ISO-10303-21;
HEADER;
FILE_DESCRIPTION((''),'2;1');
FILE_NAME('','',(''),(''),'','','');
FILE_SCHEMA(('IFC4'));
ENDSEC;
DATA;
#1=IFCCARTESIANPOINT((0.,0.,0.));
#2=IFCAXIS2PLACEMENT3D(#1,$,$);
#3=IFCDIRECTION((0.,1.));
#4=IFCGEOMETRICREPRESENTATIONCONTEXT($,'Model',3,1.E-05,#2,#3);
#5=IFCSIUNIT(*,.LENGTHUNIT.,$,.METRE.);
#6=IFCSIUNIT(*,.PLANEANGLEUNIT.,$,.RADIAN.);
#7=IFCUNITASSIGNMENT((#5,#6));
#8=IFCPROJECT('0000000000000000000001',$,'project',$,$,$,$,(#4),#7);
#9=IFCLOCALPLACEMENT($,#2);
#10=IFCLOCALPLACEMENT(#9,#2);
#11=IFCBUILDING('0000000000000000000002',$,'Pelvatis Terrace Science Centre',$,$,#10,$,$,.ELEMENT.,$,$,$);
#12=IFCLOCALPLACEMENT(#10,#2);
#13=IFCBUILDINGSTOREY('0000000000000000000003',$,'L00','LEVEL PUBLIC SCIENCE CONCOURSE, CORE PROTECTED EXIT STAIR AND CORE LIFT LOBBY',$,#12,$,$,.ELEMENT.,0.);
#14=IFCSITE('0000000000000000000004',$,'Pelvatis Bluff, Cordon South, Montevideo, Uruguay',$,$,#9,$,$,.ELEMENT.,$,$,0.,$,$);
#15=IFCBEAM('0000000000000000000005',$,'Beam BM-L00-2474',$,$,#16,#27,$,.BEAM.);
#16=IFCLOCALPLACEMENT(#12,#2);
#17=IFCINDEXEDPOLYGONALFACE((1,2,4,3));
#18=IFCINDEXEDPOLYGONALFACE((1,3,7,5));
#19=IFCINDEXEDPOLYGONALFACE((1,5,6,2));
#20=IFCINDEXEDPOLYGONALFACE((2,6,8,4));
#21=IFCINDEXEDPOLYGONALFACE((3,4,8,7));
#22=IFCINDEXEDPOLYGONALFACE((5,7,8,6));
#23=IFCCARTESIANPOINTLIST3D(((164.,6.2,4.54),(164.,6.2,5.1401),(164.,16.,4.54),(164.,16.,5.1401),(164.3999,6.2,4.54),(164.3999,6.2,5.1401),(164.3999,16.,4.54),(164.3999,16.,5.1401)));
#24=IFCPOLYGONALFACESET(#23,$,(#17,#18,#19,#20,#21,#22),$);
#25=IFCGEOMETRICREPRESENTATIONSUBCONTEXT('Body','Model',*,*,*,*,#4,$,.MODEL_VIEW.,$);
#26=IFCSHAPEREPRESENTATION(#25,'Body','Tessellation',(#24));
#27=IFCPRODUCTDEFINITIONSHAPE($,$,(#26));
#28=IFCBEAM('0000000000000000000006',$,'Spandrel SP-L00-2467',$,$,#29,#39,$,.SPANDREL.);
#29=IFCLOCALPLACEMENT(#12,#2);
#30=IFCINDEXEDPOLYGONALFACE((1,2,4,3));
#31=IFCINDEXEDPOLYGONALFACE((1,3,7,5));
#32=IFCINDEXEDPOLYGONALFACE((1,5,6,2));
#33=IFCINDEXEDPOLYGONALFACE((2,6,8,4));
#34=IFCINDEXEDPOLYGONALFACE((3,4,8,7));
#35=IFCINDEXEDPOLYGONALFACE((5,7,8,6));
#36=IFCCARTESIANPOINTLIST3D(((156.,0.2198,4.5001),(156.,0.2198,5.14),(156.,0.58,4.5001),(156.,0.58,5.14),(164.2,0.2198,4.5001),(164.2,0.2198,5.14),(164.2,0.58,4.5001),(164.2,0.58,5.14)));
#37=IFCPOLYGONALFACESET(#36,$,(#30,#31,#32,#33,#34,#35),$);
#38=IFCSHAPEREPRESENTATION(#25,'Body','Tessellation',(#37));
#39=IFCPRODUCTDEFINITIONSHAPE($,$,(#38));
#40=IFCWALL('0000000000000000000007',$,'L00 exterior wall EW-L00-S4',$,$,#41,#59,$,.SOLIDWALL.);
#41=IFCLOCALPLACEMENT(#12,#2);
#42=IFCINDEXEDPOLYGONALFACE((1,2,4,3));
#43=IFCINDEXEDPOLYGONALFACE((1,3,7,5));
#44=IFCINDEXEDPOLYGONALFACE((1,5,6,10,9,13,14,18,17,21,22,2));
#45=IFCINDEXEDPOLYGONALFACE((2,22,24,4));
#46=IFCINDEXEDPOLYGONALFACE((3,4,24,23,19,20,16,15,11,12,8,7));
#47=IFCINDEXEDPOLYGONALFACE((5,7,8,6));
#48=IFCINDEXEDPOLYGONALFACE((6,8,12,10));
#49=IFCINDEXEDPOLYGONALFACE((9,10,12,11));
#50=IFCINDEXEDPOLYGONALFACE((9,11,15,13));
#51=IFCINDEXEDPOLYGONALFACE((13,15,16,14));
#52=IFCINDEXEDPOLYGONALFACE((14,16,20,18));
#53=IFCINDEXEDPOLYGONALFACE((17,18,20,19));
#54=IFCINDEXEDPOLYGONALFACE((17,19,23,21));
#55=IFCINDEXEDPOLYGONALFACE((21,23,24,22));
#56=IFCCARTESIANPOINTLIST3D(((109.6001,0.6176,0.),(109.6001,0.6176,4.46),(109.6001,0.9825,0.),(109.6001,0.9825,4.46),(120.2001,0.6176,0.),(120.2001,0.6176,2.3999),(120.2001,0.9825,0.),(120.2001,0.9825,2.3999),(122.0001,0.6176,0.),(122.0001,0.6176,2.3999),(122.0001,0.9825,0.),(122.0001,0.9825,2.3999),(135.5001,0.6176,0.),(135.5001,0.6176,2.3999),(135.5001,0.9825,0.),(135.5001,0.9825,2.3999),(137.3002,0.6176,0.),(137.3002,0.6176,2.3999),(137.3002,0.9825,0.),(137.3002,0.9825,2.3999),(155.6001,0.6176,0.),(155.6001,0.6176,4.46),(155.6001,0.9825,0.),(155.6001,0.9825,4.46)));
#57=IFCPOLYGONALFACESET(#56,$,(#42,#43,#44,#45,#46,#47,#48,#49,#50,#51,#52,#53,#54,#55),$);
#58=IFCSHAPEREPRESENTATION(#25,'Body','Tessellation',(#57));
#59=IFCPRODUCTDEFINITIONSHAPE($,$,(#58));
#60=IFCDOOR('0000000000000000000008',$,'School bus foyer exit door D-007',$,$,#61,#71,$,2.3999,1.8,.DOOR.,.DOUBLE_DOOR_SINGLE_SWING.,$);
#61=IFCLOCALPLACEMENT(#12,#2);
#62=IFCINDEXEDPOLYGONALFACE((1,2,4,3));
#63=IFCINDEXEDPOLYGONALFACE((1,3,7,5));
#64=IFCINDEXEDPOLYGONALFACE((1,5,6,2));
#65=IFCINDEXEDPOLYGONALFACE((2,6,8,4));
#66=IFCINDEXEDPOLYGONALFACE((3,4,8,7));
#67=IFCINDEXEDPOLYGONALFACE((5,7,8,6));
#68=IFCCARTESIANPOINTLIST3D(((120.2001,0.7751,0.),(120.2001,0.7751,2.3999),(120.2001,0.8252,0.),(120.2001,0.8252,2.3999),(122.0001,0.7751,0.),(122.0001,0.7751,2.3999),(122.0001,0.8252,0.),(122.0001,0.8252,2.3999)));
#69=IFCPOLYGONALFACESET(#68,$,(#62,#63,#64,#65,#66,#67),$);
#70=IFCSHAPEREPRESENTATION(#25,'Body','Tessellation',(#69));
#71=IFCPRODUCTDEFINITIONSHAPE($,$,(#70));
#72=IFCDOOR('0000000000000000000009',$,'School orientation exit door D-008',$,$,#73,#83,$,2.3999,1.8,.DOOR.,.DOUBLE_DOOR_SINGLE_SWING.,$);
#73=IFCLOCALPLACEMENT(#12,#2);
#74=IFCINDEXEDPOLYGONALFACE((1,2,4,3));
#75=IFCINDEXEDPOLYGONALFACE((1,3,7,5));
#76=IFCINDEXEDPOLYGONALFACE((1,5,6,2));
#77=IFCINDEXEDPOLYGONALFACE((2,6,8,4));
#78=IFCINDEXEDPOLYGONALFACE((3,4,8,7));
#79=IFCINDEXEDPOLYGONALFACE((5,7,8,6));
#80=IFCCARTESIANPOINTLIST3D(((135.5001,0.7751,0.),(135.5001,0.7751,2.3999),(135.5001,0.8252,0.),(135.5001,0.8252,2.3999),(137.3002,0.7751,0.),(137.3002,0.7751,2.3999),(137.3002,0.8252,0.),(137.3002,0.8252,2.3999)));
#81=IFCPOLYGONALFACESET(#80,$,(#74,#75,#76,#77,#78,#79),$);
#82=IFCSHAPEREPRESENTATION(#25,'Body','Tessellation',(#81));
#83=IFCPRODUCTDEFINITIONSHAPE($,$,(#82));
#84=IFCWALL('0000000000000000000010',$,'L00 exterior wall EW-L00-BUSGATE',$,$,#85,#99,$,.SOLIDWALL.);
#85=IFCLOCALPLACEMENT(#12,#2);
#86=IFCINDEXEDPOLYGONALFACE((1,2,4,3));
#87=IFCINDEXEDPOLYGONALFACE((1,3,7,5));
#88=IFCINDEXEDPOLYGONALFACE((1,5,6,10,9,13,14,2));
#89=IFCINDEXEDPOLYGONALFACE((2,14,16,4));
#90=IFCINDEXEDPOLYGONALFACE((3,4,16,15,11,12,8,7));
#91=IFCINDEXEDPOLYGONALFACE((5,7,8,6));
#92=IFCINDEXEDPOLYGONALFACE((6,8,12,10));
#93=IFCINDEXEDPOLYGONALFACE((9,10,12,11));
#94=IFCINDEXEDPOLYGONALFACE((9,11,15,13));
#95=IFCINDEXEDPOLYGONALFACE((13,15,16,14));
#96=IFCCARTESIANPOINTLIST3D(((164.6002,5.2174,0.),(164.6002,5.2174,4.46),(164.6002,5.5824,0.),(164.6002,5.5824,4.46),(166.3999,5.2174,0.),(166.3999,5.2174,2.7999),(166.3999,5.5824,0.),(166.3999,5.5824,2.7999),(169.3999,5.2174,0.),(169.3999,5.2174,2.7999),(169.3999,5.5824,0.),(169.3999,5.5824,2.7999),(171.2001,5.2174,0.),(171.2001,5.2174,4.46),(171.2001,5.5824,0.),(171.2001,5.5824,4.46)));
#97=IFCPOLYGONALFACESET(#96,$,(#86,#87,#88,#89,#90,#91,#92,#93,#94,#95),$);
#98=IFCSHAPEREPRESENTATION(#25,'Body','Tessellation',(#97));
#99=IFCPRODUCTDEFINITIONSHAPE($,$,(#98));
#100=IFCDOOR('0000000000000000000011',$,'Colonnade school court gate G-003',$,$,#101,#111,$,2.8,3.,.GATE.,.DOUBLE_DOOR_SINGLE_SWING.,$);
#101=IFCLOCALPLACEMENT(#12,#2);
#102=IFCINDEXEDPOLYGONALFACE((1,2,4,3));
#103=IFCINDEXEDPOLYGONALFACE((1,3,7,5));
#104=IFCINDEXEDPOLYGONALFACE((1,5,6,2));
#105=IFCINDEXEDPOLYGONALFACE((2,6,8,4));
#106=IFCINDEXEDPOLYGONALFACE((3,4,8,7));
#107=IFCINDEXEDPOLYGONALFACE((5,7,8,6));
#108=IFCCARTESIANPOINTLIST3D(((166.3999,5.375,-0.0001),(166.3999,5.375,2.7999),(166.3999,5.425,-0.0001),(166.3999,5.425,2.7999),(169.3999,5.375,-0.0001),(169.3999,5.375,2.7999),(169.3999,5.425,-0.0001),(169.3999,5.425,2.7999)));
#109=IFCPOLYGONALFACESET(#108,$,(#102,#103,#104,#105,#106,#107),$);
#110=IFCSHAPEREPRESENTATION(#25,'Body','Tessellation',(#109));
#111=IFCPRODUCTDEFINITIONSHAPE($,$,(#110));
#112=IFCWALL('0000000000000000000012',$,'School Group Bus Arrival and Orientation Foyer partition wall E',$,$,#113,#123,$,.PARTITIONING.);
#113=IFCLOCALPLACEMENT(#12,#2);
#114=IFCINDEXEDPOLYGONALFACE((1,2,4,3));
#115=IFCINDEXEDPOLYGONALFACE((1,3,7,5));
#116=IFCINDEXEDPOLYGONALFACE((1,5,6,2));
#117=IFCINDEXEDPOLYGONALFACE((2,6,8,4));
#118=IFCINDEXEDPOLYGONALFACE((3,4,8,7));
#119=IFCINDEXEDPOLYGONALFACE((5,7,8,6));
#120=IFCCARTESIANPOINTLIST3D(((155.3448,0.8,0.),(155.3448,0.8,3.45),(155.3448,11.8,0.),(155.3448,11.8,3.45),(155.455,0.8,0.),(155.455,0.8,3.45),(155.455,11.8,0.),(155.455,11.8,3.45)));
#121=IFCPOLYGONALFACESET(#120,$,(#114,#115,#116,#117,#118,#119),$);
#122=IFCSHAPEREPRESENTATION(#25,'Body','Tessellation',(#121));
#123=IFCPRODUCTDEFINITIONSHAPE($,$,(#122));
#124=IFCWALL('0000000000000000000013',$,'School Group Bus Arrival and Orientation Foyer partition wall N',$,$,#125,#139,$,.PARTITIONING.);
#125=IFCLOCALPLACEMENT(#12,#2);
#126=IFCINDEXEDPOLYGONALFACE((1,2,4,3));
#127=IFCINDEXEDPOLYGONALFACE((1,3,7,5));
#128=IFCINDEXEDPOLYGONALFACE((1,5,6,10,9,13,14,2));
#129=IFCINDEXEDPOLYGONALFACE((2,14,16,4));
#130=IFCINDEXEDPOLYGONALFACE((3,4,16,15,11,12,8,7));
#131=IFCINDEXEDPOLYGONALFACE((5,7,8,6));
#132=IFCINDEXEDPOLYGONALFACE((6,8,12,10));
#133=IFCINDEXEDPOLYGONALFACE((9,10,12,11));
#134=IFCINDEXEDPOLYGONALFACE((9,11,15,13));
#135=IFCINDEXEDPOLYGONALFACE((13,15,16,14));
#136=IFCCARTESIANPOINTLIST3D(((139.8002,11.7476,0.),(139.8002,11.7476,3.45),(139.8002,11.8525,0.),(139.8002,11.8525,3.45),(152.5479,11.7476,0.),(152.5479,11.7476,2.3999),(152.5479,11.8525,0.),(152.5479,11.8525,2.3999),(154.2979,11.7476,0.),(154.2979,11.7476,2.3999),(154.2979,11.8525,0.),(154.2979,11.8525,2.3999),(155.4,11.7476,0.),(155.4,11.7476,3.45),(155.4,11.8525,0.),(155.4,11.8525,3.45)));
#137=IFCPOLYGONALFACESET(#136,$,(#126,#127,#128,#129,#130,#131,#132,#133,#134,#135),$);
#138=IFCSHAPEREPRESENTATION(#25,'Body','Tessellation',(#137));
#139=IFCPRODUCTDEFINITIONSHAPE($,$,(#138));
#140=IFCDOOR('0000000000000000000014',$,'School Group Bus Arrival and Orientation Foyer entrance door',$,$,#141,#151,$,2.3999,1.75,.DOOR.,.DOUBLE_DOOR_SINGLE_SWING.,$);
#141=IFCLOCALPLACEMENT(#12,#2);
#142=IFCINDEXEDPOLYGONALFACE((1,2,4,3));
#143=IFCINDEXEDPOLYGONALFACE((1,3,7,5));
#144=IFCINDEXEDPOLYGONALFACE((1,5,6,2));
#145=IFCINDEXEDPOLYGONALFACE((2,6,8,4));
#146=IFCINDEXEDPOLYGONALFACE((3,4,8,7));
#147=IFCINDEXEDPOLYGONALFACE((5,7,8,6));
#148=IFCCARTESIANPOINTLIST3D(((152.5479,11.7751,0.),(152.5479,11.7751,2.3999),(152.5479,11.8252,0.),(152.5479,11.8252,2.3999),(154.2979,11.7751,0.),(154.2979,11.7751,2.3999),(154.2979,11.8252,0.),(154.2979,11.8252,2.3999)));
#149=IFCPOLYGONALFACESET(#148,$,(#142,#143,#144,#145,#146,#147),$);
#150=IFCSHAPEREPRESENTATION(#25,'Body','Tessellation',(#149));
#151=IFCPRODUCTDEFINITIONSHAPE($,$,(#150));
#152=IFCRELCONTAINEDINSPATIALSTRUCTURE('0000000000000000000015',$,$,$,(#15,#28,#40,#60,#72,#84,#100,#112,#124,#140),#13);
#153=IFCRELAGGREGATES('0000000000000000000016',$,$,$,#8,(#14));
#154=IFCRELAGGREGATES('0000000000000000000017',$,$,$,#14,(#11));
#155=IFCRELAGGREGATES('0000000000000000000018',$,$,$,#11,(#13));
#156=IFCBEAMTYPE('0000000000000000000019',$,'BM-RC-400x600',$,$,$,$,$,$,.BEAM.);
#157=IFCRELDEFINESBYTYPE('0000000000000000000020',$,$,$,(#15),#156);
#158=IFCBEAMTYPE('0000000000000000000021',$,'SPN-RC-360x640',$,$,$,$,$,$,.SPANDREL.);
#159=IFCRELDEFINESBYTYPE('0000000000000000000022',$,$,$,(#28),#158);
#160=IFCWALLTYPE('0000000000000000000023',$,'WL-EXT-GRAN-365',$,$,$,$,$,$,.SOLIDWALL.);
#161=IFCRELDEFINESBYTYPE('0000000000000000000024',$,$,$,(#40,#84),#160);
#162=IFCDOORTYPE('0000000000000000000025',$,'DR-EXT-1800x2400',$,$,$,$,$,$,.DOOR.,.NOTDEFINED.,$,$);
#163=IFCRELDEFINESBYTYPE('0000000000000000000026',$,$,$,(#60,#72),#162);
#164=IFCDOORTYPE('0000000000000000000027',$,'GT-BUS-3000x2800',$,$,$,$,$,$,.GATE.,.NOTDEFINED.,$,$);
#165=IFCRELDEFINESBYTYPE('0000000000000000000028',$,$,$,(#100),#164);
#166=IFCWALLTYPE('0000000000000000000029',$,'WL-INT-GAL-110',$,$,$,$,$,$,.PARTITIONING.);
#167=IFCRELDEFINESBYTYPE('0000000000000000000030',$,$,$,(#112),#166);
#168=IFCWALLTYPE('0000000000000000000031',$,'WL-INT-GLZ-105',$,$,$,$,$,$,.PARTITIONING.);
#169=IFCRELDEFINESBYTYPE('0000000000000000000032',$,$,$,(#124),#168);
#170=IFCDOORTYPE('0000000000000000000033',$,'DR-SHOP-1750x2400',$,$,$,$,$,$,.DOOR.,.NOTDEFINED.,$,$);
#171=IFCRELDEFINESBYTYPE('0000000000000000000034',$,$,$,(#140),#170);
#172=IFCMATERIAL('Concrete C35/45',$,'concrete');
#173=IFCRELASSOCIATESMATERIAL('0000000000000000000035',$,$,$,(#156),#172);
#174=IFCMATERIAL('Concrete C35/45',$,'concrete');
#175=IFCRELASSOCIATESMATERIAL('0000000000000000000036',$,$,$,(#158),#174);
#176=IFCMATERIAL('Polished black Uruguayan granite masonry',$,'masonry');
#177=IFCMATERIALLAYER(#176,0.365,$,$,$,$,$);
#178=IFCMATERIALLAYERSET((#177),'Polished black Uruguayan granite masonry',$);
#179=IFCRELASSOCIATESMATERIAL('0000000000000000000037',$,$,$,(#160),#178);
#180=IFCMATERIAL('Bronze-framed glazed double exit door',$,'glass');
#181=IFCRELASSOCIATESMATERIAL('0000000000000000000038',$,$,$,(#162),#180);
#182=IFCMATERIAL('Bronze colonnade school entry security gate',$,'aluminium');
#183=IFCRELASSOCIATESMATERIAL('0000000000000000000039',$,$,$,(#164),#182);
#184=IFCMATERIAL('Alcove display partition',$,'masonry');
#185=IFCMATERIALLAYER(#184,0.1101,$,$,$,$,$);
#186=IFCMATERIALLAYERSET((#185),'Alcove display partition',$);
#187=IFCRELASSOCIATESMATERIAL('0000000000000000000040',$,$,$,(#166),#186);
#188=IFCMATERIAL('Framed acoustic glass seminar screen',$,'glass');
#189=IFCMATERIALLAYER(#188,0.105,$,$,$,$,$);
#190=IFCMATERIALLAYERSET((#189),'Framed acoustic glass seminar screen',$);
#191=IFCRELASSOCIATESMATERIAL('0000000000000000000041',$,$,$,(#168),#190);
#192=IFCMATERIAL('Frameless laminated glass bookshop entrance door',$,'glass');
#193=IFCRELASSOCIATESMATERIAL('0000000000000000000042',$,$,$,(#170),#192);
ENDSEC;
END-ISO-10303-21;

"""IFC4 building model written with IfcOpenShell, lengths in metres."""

from ifc_helpers import new_model, si_unit, direction, frame, frame_2d, origin, origin_2d, place, context, subcontext, project, spatial, rectangle, extrude, material, layer, layer_set, material_profile, profile_set, type_object, element, fill, save


model = new_model("IFC4")

# Units and contexts
model_context = context("Model", 3, precision=1e-05, world=origin(), true_north=direction((0.0, 1.0)))
body_context = subcontext(model_context, "Body", "Model", "MODEL_VIEW")
ifc_project = project(units=[si_unit("LENGTHUNIT", "METRE"), si_unit("PLANEANGLEUNIT", "RADIAN")], contexts=[model_context])

# Site, building, storey
site_placement = place(None, origin())
site = spatial("IfcSite", under=ifc_project, at=site_placement, Name="Pelvatis Bluff, Cordon South, Montevideo, Uruguay", CompositionType="ELEMENT", RefElevation=0.0)
building_placement = place(site_placement, origin())
building = spatial("IfcBuilding", under=site, at=building_placement, Name="Pelvatis Terrace Science Centre", CompositionType="ELEMENT")
storey_placement = place(building_placement, origin())
storey = spatial("IfcBuildingStorey", under=building, at=storey_placement, Name="L00", Description="LEVEL PUBLIC SCIENCE CONCOURSE, CORE PROTECTED EXIT STAIR AND CORE LIFT LOBBY", CompositionType="ELEMENT", Elevation=0.0)

# Beams
ifc_material_1 = material(Name="Concrete C35/45", Category="concrete")
ifc_material_profile_1 = material_profile(ifc_material_1, rectangle(XDim=0.3999, YDim=0.6001, at=origin_2d()), Name="RC-BM 400x600")
ifc_profile_set_1 = profile_set([ifc_material_profile_1], Name="Concrete C35/45")
beam_type_1 = type_object("IfcBeamType", Name="BM-RC-400x600", PredefinedType="BEAM", material=ifc_profile_set_1)
beam_1_placement = place(storey_placement, frame((164.2, 6.2, 4.8401), z_axis=(0.0, 1.0, 0.0), x_axis=(-1.0, 0.0, 0.0)))
element("IfcBeam", 1, at=beam_1_placement, inside=storey, type_object=beam_type_1, Name="Beam BM-L00-2474", PredefinedType="BEAM", context=body_context, shape_type="SweptSolid", body=[
    extrude(rectangle(XDim=0.3999, YDim=0.6001, at=origin_2d()), origin(), (0.0, 0.0, 1.0), 9.8),
])
ifc_material_2 = material(Name="Concrete C35/45", Category="concrete")
ifc_material_profile_2 = material_profile(ifc_material_2, rectangle(XDim=0.3601, YDim=0.6399, at=origin_2d()), Name="RC-SPN 360x640")
ifc_profile_set_2 = profile_set([ifc_material_profile_2], Name="Concrete C35/45")
beam_type_2 = type_object("IfcBeamType", Name="SPN-RC-360x640", PredefinedType="SPANDREL", material=ifc_profile_set_2)
beam_2_placement = place(storey_placement, frame((156.0, 0.3999, 4.8201), z_axis=(1.0, 0.0, 0.0), x_axis=(0.0, 1.0, 0.0)))
element("IfcBeam", 2, at=beam_2_placement, inside=storey, type_object=beam_type_2, Name="Spandrel SP-L00-2467", PredefinedType="SPANDREL", context=body_context, shape_type="SweptSolid", body=[
    extrude(rectangle(XDim=0.3601, YDim=0.6399, at=origin_2d()), origin(), (0.0, 0.0, 1.0), 8.2),
])

# Wall, openings, doors
ifc_material_3 = material(Name="Polished black Uruguayan granite masonry", Category="masonry")
ifc_layer_1 = layer(ifc_material_3, 0.365)
ifc_layer_set_1 = layer_set([ifc_layer_1], Name="Polished black Uruguayan granite masonry")
wall_type_1 = type_object("IfcWallType", Name="WL-EXT-GRAN-365", PredefinedType="SOLIDWALL", material=ifc_layer_set_1)
wall_1_placement = place(storey_placement, frame((155.6001, 0.8, 0.0), z_axis=(0.0, 0.0, 1.0), x_axis=(-1.0, 0.0, 0.0)))
wall_1 = element("IfcWall", 3, at=wall_1_placement, inside=storey, type_object=wall_type_1, Name="L00 exterior wall EW-L00-S4", PredefinedType="SOLIDWALL", context=body_context, shape_type="SweptSolid", body=[
    extrude(rectangle(XDim=46.0, YDim=0.365, at=frame_2d((23.0, 0.0))), origin(), (0.0, 0.0, 1.0), 4.46),
])
opening_1_placement = place(wall_1_placement, frame((33.6001, 0.0, 0.0)))
opening_1 = element("IfcOpeningElement", 4, at=opening_1_placement, cuts=wall_1, PredefinedType="OPENING", context=body_context, shape_type="SweptSolid", body=[
    extrude(rectangle(XDim=1.8, YDim=2.3999, at=frame_2d((0.8999, 1.2))), frame((0.0, 0.1924, 0.0), z_axis=(0.0, -1.0, 0.0), x_axis=(1.0, 0.0, 0.0)), (0.0, 0.0, 1.0), 0.385),
])
opening_2_placement = place(wall_1_placement, frame((18.3, 0.0, 0.0)))
opening_2 = element("IfcOpeningElement", 5, at=opening_2_placement, cuts=wall_1, PredefinedType="OPENING", context=body_context, shape_type="SweptSolid", body=[
    extrude(rectangle(XDim=1.8, YDim=2.3999, at=frame_2d((0.8999, 1.2))), frame((0.0, 0.1924, 0.0), z_axis=(0.0, -1.0, 0.0), x_axis=(1.0, 0.0, 0.0)), (0.0, 0.0, 1.0), 0.385),
])
ifc_material_4 = material(Name="Bronze-framed glazed double exit door", Category="glass")
door_type_1 = type_object("IfcDoorType", Name="DR-EXT-1800x2400", OperationType="NOTDEFINED", PredefinedType="DOOR", material=ifc_material_4)
door_1_placement = place(opening_1_placement, origin())
door_1 = element("IfcDoor", 6, at=door_1_placement, inside=storey, type_object=door_type_1, Name="School bus foyer exit door D-007", OperationType="DOUBLE_DOOR_SINGLE_SWING", OverallHeight=2.3999, OverallWidth=1.8, PredefinedType="DOOR", context=body_context, shape_type="SweptSolid", body=[
    extrude(rectangle(XDim=1.8, YDim=2.3999, at=frame_2d((0.8999, 1.2))), frame((0.0, 0.0249, 0.0), z_axis=(0.0, -1.0, 0.0), x_axis=(1.0, 0.0, 0.0)), (0.0, 0.0, 1.0), 0.05),
])
fill(opening_1, door_1)
door_2_placement = place(opening_2_placement, origin())
door_2 = element("IfcDoor", 7, at=door_2_placement, inside=storey, type_object=door_type_1, Name="School orientation exit door D-008", OperationType="DOUBLE_DOOR_SINGLE_SWING", OverallHeight=2.3999, OverallWidth=1.8, PredefinedType="DOOR", context=body_context, shape_type="SweptSolid", body=[
    extrude(rectangle(XDim=1.8, YDim=2.3999, at=frame_2d((0.8999, 1.2))), frame((0.0, 0.0249, 0.0), z_axis=(0.0, -1.0, 0.0), x_axis=(1.0, 0.0, 0.0)), (0.0, 0.0, 1.0), 0.05),
])
fill(opening_2, door_2)

# Wall, opening, door
wall_2_placement = place(storey_placement, frame((171.2, 5.3999, 0.0), z_axis=(0.0, 0.0, 1.0), x_axis=(-1.0, 0.0, 0.0)))
wall_2 = element("IfcWall", 8, at=wall_2_placement, inside=storey, type_object=wall_type_1, Name="L00 exterior wall EW-L00-BUSGATE", PredefinedType="SOLIDWALL", context=body_context, shape_type="SweptSolid", body=[
    extrude(rectangle(XDim=6.5999, YDim=0.365, at=frame_2d((3.2998, 0.0))), origin(), (0.0, 0.0, 1.0), 4.46),
])
opening_3_placement = place(wall_2_placement, frame((1.8, 0.0, 0.0)))
opening_3 = element("IfcOpeningElement", 9, at=opening_3_placement, cuts=wall_2, PredefinedType="OPENING", context=body_context, shape_type="SweptSolid", body=[
    extrude(rectangle(XDim=3.0, YDim=2.8, at=frame_2d((1.5, 1.3999))), frame((0.0, 0.1924, 0.0), z_axis=(0.0, -1.0, 0.0), x_axis=(1.0, 0.0, 0.0)), (0.0, 0.0, 1.0), 0.385),
])
ifc_material_5 = material(Name="Bronze colonnade school entry security gate", Category="aluminium")
door_type_2 = type_object("IfcDoorType", Name="GT-BUS-3000x2800", OperationType="NOTDEFINED", PredefinedType="GATE", material=ifc_material_5)
door_3_placement = place(opening_3_placement, origin())
door_3 = element("IfcDoor", 10, at=door_3_placement, inside=storey, type_object=door_type_2, Name="Colonnade school court gate G-003", OperationType="DOUBLE_DOOR_SINGLE_SWING", OverallHeight=2.8, OverallWidth=3.0, PredefinedType="GATE", context=body_context, shape_type="SweptSolid", body=[
    extrude(rectangle(XDim=3.0, YDim=2.8, at=frame_2d((1.5, 1.3999))), frame((0.0, 0.0249, 0.0), z_axis=(0.0, -1.0, 0.0), x_axis=(1.0, 0.0, 0.0)), (0.0, 0.0, 1.0), 0.05),
])
fill(opening_3, door_3)

# Wall
ifc_material_6 = material(Name="Alcove display partition", Category="masonry")
ifc_layer_2 = layer(ifc_material_6, 0.1101)
ifc_layer_set_2 = layer_set([ifc_layer_2], Name="Alcove display partition")
wall_type_2 = type_object("IfcWallType", Name="WL-INT-GAL-110", PredefinedType="PARTITIONING", material=ifc_layer_set_2)
wall_3_placement = place(storey_placement, frame((155.3999, 0.8, 0.0), z_axis=(0.0, 0.0, 1.0), x_axis=(0.0, 1.0, 0.0)))
element("IfcWall", 11, at=wall_3_placement, inside=storey, type_object=wall_type_2, Name="School Group Bus Arrival and Orientation Foyer partition wall E", PredefinedType="PARTITIONING", context=body_context, shape_type="SweptSolid", body=[
    extrude(rectangle(XDim=11.0, YDim=0.1101, at=frame_2d((5.5, 0.0))), origin(), (0.0, 0.0, 1.0), 3.45),
])

# Wall, opening, door
ifc_material_7 = material(Name="Framed acoustic glass seminar screen", Category="glass")
ifc_layer_3 = layer(ifc_material_7, 0.105)
ifc_layer_set_3 = layer_set([ifc_layer_3], Name="Framed acoustic glass seminar screen")
wall_type_3 = type_object("IfcWallType", Name="WL-INT-GLZ-105", PredefinedType="PARTITIONING", material=ifc_layer_set_3)
wall_4_placement = place(storey_placement, frame((155.3999, 11.8, 0.0), z_axis=(0.0, 0.0, 1.0), x_axis=(-1.0, 0.0, 0.0)))
wall_4 = element("IfcWall", 12, at=wall_4_placement, inside=storey, type_object=wall_type_3, Name="School Group Bus Arrival and Orientation Foyer partition wall N", PredefinedType="PARTITIONING", context=body_context, shape_type="SweptSolid", body=[
    extrude(rectangle(XDim=15.5999, YDim=0.105, at=frame_2d((7.7998, 0.0))), origin(), (0.0, 0.0, 1.0), 3.45),
])
opening_4_placement = place(wall_4_placement, frame((1.1021, 0.0, 0.0)))
opening_4 = element("IfcOpeningElement", 13, at=opening_4_placement, cuts=wall_4, PredefinedType="OPENING", context=body_context, shape_type="SweptSolid", body=[
    extrude(rectangle(XDim=1.75, YDim=2.3999, at=frame_2d((0.875, 1.2))), frame((0.0, 0.0625, 0.0), z_axis=(0.0, -1.0, 0.0), x_axis=(1.0, 0.0, 0.0)), (0.0, 0.0, 1.0), 0.125),
])
ifc_material_8 = material(Name="Frameless laminated glass bookshop entrance door", Category="glass")
door_type_3 = type_object("IfcDoorType", Name="DR-SHOP-1750x2400", OperationType="NOTDEFINED", PredefinedType="DOOR", material=ifc_material_8)
door_4_placement = place(opening_4_placement, origin())
door_4 = element("IfcDoor", 14, at=door_4_placement, inside=storey, type_object=door_type_3, Name="School Group Bus Arrival and Orientation Foyer entrance door", OperationType="DOUBLE_DOOR_SINGLE_SWING", OverallHeight=2.3999, OverallWidth=1.75, PredefinedType="DOOR", context=body_context, shape_type="SweptSolid", body=[
    extrude(rectangle(XDim=1.75, YDim=2.3999, at=frame_2d((0.875, 1.2))), frame((0.0, 0.0249, 0.0), z_axis=(0.0, -1.0, 0.0), x_axis=(1.0, 0.0, 0.0)), (0.0, 0.0, 1.0), 0.05),
])
fill(opening_4, door_4)

save(model, "model.ifc")
